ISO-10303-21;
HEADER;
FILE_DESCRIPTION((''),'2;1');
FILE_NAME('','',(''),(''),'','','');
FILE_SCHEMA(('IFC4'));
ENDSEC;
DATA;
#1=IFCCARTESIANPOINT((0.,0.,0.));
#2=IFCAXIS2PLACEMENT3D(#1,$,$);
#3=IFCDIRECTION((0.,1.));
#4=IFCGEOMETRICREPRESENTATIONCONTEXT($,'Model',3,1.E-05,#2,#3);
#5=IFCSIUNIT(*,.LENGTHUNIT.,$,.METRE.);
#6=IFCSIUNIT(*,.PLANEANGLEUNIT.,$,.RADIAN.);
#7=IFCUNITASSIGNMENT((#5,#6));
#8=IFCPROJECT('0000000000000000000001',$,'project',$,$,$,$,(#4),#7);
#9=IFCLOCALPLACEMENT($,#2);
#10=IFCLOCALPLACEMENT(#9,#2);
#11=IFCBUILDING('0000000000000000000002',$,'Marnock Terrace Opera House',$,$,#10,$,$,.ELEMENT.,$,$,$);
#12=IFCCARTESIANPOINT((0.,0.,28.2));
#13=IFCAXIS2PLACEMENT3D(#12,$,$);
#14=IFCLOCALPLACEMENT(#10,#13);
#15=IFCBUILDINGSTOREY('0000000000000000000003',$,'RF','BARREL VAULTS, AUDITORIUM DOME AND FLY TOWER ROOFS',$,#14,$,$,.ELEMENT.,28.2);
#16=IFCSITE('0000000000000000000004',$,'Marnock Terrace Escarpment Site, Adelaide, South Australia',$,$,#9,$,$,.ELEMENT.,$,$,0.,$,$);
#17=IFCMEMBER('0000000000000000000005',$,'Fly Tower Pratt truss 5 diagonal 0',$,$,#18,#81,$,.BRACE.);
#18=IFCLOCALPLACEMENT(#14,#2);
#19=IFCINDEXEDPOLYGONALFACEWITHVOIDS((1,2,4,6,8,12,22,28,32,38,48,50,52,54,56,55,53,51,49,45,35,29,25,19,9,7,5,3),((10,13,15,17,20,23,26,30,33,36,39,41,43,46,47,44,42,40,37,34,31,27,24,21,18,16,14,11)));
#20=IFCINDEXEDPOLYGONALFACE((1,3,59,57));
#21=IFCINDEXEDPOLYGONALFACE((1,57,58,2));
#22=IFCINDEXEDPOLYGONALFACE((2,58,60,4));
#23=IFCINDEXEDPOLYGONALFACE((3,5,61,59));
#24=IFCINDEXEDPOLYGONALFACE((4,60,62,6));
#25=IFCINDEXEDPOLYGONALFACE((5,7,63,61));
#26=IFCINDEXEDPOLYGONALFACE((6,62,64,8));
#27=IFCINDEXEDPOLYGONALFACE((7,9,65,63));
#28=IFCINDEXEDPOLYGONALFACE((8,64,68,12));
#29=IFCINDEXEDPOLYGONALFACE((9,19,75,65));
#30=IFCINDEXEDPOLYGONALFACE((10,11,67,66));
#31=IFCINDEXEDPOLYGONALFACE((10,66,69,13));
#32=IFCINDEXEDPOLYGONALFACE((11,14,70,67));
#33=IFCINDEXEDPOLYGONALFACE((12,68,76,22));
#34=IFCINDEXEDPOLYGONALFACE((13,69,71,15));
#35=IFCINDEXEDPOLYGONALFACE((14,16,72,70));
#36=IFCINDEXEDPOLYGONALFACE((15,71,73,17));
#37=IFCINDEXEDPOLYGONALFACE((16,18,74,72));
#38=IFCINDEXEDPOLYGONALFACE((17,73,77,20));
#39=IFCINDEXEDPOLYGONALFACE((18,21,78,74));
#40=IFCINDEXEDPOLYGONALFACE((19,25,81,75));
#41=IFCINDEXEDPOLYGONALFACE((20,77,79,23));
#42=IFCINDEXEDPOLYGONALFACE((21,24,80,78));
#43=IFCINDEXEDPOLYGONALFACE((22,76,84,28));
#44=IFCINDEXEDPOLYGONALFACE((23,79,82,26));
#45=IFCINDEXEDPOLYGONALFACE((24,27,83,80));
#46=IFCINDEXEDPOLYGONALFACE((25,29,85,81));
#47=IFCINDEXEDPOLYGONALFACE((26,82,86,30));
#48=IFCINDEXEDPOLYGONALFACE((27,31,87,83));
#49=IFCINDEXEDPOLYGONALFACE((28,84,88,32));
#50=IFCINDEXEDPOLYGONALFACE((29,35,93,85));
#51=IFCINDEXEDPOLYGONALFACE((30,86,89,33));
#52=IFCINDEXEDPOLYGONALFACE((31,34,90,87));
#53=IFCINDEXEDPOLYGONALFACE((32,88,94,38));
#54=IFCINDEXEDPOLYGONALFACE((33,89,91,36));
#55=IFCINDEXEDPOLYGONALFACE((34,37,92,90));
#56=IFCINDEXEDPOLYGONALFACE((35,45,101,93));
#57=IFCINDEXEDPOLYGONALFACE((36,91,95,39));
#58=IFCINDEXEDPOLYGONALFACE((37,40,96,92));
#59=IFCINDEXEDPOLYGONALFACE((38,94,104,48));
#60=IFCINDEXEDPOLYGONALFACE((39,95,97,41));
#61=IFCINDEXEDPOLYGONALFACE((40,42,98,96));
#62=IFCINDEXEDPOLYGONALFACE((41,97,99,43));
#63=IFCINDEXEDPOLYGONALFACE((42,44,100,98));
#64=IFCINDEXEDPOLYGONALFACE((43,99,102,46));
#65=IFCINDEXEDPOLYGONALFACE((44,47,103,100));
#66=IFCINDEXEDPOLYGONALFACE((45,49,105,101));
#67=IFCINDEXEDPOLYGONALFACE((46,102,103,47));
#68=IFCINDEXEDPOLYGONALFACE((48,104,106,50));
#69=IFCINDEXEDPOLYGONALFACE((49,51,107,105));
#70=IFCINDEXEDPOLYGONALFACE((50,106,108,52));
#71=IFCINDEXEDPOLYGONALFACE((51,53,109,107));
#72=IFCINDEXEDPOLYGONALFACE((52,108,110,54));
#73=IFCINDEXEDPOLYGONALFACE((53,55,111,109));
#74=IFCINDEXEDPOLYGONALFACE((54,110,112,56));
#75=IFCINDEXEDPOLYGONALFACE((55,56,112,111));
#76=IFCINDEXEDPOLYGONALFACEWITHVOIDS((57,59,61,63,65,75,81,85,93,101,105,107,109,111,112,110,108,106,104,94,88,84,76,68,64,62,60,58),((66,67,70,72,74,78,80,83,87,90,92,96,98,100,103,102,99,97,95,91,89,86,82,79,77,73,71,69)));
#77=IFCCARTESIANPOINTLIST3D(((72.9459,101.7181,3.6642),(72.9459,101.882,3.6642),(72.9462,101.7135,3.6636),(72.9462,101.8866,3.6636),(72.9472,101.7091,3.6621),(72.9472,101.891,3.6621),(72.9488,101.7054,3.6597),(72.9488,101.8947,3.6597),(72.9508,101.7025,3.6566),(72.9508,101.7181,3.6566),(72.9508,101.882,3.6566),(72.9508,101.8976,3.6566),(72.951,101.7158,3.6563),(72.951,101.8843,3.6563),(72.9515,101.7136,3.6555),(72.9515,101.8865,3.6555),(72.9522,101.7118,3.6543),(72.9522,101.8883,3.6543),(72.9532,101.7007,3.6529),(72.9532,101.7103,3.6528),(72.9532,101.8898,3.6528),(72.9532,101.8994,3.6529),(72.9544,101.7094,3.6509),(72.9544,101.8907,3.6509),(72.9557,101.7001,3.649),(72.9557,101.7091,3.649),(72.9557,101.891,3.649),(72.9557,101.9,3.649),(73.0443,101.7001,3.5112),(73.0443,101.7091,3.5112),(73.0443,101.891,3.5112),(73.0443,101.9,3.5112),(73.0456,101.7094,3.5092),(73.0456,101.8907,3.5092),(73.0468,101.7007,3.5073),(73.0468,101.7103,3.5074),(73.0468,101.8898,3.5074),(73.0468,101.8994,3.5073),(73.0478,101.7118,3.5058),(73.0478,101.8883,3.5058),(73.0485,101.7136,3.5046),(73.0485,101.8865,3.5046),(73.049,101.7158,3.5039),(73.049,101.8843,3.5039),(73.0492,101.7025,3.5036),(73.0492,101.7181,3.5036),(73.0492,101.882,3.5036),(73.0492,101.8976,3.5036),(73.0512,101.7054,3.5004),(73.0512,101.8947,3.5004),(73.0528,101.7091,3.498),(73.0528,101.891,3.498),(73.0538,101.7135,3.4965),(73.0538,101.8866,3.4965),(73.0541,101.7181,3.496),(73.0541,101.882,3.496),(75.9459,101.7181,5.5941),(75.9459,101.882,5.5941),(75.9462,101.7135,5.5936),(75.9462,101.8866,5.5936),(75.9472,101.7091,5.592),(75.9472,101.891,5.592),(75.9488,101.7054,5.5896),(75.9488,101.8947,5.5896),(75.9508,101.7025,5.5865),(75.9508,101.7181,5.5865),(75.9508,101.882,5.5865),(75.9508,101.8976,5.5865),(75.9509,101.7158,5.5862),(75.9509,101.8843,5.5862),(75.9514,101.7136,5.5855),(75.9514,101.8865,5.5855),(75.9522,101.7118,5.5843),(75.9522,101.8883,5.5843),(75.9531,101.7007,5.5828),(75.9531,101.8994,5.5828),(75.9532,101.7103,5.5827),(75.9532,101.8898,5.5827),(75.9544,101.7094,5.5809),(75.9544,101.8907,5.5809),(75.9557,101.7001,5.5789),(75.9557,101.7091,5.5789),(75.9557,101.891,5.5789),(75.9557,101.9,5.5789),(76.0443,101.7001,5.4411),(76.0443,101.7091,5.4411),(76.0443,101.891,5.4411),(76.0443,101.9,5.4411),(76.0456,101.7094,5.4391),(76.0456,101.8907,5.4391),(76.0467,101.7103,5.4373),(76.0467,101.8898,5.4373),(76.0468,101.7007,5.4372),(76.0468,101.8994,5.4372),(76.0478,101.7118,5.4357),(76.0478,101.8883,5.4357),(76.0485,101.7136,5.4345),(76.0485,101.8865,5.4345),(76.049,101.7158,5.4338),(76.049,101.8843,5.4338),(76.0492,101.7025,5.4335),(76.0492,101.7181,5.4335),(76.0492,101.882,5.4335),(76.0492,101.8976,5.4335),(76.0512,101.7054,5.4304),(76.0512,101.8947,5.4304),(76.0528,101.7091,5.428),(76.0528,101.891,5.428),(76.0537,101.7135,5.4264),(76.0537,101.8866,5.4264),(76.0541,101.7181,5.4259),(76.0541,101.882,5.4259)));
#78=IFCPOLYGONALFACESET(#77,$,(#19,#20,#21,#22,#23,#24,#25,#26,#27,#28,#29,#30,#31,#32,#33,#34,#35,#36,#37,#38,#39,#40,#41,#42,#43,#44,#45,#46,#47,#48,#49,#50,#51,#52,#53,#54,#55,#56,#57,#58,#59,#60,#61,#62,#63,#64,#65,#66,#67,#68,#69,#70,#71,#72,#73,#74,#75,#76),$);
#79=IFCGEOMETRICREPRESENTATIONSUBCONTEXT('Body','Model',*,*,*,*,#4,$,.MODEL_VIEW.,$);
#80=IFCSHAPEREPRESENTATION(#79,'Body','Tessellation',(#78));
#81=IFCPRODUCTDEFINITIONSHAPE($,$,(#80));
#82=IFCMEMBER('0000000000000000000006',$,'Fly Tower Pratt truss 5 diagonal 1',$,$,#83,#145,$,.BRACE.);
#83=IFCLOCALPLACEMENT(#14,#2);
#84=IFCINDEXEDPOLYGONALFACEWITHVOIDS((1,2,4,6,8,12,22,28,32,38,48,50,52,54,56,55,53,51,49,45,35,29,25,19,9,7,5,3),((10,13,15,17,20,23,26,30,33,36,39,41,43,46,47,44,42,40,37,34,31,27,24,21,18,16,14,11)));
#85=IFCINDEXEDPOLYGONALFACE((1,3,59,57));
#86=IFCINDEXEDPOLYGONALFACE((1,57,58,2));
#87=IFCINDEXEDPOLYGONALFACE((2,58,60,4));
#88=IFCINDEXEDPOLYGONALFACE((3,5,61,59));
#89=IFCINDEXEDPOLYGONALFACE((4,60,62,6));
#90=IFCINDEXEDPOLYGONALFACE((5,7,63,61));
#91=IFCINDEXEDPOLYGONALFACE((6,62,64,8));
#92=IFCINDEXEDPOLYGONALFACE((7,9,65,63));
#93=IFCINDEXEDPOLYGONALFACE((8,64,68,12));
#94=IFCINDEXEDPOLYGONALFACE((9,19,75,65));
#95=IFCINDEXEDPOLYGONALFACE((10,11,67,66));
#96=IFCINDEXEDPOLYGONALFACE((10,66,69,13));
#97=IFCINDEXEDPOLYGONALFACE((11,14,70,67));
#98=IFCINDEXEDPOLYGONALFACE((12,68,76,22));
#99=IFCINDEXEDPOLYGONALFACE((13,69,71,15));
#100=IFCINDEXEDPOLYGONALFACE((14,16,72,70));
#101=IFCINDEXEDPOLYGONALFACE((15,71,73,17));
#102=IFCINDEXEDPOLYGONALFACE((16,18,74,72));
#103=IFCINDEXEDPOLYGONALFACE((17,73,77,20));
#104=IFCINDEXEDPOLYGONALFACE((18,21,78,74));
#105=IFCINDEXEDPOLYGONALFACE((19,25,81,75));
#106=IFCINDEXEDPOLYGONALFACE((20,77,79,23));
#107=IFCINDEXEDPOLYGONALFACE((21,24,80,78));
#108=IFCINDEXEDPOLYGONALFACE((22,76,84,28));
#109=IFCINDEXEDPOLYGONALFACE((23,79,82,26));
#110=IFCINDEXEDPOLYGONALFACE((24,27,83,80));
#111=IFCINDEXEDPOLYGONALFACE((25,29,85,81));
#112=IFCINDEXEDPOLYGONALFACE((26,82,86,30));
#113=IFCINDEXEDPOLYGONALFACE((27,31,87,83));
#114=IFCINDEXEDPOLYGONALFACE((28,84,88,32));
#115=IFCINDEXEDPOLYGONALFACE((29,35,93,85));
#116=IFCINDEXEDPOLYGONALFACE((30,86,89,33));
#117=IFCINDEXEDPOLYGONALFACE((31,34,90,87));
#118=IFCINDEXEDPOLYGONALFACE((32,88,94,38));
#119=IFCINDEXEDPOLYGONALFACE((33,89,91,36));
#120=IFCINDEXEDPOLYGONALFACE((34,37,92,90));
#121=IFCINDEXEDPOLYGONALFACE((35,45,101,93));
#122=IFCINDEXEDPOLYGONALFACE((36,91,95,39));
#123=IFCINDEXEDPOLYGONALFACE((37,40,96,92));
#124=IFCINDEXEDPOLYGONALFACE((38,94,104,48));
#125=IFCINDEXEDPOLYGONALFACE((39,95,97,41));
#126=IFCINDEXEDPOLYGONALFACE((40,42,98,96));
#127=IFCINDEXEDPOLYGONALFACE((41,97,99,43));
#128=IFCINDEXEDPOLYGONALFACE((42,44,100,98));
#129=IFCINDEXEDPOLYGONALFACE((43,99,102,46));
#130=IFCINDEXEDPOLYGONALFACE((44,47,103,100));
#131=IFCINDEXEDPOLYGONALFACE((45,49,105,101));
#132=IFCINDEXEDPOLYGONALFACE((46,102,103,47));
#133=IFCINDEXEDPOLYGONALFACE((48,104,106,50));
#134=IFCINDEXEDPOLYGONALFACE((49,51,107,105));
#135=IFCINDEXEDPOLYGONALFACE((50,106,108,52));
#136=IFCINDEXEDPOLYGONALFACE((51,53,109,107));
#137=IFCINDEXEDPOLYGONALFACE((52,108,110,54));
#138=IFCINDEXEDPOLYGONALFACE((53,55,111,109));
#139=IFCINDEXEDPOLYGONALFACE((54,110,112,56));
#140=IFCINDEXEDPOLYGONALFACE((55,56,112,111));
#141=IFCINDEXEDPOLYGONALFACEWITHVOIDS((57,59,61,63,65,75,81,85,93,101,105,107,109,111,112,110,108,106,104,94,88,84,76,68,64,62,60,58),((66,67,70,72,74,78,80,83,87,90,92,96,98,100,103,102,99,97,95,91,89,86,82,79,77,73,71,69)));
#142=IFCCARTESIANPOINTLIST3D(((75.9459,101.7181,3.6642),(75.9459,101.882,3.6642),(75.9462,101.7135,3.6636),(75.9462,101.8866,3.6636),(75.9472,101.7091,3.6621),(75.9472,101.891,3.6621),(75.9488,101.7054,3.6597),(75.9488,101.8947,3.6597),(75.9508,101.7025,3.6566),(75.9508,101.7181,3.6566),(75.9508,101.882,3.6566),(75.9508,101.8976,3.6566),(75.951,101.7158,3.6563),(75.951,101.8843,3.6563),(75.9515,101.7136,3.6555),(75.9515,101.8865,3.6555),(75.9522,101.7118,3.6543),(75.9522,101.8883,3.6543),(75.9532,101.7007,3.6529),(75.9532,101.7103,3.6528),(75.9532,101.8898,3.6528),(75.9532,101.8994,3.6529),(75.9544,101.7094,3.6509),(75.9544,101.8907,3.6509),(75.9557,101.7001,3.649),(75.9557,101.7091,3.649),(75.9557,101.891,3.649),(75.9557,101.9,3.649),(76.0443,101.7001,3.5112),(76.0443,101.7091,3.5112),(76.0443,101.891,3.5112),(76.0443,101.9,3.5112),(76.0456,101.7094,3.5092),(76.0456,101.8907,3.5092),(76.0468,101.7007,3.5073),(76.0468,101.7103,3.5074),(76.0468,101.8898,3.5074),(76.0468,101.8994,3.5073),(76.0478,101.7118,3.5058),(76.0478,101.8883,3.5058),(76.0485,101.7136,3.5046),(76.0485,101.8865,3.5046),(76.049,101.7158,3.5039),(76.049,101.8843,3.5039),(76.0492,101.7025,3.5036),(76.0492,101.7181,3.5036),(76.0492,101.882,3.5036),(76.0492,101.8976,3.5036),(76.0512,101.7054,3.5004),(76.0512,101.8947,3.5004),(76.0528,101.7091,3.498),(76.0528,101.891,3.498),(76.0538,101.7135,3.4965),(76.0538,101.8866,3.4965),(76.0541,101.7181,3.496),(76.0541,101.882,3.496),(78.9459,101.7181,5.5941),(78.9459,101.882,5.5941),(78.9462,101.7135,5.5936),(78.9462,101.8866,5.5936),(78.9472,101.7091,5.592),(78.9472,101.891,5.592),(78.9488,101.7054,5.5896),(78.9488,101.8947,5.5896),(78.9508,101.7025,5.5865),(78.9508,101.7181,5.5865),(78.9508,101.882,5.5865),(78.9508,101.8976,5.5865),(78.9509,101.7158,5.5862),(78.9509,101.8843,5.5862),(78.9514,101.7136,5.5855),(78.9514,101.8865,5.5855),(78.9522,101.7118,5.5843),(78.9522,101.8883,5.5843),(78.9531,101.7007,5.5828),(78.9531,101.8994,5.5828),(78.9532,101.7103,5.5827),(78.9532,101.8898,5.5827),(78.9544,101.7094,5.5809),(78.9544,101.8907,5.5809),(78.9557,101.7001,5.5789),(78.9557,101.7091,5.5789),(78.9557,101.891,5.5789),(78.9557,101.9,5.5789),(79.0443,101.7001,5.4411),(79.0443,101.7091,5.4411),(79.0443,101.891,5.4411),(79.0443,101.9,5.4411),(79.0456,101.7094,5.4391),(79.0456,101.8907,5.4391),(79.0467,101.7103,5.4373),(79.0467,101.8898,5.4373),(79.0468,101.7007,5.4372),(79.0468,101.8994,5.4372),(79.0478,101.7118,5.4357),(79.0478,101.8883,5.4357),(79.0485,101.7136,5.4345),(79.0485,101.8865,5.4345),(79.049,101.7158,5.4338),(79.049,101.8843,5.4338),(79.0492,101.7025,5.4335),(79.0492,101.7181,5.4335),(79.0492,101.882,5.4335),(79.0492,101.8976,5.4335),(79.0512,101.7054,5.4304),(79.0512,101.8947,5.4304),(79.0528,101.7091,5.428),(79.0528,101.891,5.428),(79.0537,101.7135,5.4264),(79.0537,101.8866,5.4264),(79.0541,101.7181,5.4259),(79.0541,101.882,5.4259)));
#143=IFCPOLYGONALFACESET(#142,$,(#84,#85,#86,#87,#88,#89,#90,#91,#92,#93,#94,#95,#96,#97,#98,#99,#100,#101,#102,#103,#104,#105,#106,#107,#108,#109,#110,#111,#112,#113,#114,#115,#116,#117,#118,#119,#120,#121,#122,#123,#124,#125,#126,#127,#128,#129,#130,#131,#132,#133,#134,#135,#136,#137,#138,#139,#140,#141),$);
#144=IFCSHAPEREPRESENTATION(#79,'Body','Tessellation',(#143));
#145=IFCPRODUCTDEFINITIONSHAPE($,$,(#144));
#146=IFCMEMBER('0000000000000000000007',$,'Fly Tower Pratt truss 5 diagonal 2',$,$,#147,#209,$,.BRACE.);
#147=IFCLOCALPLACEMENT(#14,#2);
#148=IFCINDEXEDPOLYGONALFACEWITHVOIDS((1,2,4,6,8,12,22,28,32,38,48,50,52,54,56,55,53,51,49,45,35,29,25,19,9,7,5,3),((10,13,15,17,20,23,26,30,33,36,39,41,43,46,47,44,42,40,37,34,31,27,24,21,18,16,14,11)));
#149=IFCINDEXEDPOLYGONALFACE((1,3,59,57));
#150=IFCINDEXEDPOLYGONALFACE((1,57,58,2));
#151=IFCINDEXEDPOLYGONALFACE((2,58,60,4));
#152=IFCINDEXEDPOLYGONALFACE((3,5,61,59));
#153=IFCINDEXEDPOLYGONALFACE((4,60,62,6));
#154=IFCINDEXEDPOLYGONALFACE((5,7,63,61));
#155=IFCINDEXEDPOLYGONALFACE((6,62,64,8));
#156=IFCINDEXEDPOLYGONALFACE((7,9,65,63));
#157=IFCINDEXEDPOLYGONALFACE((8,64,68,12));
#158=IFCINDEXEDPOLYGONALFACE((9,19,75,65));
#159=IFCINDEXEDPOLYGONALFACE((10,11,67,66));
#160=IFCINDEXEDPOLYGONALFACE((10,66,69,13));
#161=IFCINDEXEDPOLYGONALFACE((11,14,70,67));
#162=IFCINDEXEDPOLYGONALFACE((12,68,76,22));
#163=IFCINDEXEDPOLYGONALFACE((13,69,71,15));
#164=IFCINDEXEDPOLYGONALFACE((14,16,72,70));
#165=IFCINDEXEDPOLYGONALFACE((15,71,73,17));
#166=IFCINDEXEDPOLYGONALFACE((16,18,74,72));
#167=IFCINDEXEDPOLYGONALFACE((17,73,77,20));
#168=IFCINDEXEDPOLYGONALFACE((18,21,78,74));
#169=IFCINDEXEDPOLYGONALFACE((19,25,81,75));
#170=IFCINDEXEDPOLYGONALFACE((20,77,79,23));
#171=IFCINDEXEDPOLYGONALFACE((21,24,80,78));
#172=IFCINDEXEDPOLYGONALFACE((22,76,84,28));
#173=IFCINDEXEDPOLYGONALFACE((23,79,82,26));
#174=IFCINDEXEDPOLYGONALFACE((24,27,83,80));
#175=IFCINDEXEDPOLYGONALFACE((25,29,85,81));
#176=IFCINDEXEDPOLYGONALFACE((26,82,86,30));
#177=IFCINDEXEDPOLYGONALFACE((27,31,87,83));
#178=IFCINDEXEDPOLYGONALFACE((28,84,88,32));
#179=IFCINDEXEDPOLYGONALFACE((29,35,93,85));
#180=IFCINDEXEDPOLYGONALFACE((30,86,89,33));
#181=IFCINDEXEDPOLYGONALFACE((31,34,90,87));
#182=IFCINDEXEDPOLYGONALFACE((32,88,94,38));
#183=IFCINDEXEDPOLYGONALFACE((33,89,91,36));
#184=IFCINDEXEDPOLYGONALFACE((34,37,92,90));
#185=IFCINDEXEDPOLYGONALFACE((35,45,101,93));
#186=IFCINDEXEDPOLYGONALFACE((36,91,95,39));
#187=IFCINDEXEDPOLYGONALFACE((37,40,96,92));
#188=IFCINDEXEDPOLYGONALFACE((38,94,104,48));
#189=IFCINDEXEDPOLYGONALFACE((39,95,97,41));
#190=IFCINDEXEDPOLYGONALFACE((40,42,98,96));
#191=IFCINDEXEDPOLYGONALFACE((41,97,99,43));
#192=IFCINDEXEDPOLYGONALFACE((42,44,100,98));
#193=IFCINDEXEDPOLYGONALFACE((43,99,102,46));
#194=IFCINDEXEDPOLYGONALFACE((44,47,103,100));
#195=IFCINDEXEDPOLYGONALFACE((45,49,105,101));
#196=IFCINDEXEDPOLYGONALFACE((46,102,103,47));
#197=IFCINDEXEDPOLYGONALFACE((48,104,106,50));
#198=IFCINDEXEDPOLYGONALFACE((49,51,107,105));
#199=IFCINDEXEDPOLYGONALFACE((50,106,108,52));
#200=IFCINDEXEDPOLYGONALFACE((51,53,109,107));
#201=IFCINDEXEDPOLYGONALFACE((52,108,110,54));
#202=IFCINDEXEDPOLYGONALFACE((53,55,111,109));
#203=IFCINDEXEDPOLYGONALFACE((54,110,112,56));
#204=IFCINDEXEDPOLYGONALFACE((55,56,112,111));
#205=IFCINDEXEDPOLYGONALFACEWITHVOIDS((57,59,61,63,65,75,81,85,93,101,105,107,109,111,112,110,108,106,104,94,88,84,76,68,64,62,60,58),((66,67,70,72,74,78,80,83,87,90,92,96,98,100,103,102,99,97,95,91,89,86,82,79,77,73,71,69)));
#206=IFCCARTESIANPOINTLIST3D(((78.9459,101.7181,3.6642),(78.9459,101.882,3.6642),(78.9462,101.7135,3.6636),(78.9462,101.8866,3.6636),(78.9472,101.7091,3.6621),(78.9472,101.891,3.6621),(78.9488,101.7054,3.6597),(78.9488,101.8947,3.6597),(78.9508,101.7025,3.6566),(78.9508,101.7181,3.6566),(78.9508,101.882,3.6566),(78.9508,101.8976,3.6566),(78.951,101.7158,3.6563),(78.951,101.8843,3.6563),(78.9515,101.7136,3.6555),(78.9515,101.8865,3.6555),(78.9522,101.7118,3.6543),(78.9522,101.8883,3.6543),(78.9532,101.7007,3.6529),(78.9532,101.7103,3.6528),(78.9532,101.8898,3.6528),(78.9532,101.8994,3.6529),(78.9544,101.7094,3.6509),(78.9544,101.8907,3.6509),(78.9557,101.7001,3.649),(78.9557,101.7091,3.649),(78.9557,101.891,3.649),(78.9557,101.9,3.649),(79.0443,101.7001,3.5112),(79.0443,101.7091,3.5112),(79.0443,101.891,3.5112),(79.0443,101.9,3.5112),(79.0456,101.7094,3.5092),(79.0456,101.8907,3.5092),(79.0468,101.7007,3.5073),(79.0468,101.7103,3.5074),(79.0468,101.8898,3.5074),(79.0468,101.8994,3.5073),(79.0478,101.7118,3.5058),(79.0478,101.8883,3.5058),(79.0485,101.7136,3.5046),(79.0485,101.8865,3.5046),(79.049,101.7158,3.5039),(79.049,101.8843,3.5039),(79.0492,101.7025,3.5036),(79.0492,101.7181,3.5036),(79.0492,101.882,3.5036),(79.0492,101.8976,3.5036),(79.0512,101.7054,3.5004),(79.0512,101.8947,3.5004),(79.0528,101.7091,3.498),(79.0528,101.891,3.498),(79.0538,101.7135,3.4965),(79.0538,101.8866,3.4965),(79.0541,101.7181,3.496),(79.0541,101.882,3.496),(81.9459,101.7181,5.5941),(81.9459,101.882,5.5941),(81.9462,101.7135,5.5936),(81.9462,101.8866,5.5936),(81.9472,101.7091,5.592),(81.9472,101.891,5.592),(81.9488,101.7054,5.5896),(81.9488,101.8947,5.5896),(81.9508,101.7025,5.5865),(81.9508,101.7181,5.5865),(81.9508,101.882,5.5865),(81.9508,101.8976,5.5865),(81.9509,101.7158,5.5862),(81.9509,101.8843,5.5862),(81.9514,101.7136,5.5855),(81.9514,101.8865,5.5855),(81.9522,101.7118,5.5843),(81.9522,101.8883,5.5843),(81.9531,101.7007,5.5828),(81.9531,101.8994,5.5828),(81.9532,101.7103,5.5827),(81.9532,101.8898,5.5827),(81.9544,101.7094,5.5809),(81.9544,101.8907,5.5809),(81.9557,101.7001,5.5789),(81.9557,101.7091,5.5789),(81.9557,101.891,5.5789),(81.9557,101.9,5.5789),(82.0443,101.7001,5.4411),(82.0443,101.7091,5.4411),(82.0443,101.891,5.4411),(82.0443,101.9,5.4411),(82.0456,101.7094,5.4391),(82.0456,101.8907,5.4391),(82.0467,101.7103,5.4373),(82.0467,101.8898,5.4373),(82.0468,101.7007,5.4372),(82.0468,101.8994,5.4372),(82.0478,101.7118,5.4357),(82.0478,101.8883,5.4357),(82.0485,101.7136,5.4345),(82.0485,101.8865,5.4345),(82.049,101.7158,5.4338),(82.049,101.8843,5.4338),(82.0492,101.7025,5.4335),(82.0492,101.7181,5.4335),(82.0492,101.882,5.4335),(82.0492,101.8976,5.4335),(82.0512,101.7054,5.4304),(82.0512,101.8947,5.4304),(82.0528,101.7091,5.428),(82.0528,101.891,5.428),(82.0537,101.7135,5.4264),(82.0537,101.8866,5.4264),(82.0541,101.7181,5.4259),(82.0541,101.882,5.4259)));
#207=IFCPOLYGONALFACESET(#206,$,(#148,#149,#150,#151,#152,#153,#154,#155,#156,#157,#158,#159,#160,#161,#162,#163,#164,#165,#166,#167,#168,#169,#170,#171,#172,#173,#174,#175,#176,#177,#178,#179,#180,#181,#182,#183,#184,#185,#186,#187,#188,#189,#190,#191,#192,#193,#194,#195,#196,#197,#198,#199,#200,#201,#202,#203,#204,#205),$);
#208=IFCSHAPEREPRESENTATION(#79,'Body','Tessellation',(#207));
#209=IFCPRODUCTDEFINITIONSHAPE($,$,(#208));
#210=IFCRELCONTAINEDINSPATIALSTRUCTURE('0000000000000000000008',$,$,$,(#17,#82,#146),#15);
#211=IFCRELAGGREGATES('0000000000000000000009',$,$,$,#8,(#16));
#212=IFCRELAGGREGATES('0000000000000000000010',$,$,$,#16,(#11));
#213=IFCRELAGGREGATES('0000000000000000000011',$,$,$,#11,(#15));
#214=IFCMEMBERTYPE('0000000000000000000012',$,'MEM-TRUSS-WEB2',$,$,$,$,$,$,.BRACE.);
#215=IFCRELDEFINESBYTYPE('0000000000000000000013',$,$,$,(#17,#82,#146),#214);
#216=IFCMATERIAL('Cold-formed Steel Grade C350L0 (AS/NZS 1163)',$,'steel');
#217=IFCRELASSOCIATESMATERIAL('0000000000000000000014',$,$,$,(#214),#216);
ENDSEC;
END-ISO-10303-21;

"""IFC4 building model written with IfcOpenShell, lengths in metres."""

from ifc_helpers import new_model, si_unit, direction, frame, origin, origin_2d, place, context, subcontext, project, spatial, hollow_rectangle, extrude, material, material_profile, profile_set, type_object, element, save


model = new_model("IFC4")

# Units and contexts
model_context = context("Model", 3, precision=1e-05, world=origin(), true_north=direction((0.0, 1.0)))
body_context = subcontext(model_context, "Body", "Model", "MODEL_VIEW")
ifc_project = project(units=[si_unit("LENGTHUNIT", "METRE"), si_unit("PLANEANGLEUNIT", "RADIAN")], contexts=[model_context])

# Site, building, storey
site_placement = place(None, origin())
site = spatial("IfcSite", under=ifc_project, at=site_placement, Name="Marnock Terrace Escarpment Site, Adelaide, South Australia", CompositionType="ELEMENT", RefElevation=0.0)
building_placement = place(site_placement, origin())
building = spatial("IfcBuilding", under=site, at=building_placement, Name="Marnock Terrace Opera House", CompositionType="ELEMENT")
storey_placement = place(building_placement, frame((0.0, 0.0, 28.2)))
storey = spatial("IfcBuildingStorey", under=building, at=storey_placement, Name="RF", Description="BARREL VAULTS, AUDITORIUM DOME AND FLY TOWER ROOFS", CompositionType="ELEMENT", Elevation=28.2)

# Members
ifc_material_1 = material(Name="Cold-formed Steel Grade C350L0 (AS/NZS 1163)", Category="steel")
ifc_material_profile_1 = material_profile(ifc_material_1, hollow_rectangle(XDim=0.2, YDim=0.2, WallThickness=0.009, InnerFilletRadius=0.009, OuterFilletRadius=0.0181, at=origin_2d()))
ifc_profile_set_1 = profile_set([ifc_material_profile_1], Name="Cold-formed Steel Grade C350L0 (AS/NZS 1163)")
member_type_1 = type_object("IfcMemberType", Name="MEM-TRUSS-WEB2", PredefinedType="BRACE", material=ifc_profile_set_1)
for number, where, z_axis, x_axis, name in (
    (1, (73.0, 101.8, 3.5801), (0.841005, 0.0, 0.541027), (0.0, 1.0, 0.0), "Fly Tower Pratt truss 5 diagonal 0"),
    (2, (76.0, 101.8, 3.5801), (0.841005, 0.0, 0.541027), (0.0, 1.0, 0.0), "Fly Tower Pratt truss 5 diagonal 1"),
    (3, (79.0, 101.8, 3.5801), (0.841005, 0.0, 0.541027), (0.0, 1.0, 0.0), "Fly Tower Pratt truss 5 diagonal 2"),
):
    element("IfcMember", number, at=place(storey_placement, frame(where, z_axis=z_axis, x_axis=x_axis)), inside=storey, type_object=member_type_1, Name=name, PredefinedType="BRACE", context=body_context, shape_type="SweptSolid", body=[
        extrude(hollow_rectangle(XDim=0.2, YDim=0.2, WallThickness=0.009, InnerFilletRadius=0.009, OuterFilletRadius=0.0181, at=origin_2d()), origin(), (0.0, 0.0, 1.0), 3.5671),
    ])

save(model, "model.ifc")
